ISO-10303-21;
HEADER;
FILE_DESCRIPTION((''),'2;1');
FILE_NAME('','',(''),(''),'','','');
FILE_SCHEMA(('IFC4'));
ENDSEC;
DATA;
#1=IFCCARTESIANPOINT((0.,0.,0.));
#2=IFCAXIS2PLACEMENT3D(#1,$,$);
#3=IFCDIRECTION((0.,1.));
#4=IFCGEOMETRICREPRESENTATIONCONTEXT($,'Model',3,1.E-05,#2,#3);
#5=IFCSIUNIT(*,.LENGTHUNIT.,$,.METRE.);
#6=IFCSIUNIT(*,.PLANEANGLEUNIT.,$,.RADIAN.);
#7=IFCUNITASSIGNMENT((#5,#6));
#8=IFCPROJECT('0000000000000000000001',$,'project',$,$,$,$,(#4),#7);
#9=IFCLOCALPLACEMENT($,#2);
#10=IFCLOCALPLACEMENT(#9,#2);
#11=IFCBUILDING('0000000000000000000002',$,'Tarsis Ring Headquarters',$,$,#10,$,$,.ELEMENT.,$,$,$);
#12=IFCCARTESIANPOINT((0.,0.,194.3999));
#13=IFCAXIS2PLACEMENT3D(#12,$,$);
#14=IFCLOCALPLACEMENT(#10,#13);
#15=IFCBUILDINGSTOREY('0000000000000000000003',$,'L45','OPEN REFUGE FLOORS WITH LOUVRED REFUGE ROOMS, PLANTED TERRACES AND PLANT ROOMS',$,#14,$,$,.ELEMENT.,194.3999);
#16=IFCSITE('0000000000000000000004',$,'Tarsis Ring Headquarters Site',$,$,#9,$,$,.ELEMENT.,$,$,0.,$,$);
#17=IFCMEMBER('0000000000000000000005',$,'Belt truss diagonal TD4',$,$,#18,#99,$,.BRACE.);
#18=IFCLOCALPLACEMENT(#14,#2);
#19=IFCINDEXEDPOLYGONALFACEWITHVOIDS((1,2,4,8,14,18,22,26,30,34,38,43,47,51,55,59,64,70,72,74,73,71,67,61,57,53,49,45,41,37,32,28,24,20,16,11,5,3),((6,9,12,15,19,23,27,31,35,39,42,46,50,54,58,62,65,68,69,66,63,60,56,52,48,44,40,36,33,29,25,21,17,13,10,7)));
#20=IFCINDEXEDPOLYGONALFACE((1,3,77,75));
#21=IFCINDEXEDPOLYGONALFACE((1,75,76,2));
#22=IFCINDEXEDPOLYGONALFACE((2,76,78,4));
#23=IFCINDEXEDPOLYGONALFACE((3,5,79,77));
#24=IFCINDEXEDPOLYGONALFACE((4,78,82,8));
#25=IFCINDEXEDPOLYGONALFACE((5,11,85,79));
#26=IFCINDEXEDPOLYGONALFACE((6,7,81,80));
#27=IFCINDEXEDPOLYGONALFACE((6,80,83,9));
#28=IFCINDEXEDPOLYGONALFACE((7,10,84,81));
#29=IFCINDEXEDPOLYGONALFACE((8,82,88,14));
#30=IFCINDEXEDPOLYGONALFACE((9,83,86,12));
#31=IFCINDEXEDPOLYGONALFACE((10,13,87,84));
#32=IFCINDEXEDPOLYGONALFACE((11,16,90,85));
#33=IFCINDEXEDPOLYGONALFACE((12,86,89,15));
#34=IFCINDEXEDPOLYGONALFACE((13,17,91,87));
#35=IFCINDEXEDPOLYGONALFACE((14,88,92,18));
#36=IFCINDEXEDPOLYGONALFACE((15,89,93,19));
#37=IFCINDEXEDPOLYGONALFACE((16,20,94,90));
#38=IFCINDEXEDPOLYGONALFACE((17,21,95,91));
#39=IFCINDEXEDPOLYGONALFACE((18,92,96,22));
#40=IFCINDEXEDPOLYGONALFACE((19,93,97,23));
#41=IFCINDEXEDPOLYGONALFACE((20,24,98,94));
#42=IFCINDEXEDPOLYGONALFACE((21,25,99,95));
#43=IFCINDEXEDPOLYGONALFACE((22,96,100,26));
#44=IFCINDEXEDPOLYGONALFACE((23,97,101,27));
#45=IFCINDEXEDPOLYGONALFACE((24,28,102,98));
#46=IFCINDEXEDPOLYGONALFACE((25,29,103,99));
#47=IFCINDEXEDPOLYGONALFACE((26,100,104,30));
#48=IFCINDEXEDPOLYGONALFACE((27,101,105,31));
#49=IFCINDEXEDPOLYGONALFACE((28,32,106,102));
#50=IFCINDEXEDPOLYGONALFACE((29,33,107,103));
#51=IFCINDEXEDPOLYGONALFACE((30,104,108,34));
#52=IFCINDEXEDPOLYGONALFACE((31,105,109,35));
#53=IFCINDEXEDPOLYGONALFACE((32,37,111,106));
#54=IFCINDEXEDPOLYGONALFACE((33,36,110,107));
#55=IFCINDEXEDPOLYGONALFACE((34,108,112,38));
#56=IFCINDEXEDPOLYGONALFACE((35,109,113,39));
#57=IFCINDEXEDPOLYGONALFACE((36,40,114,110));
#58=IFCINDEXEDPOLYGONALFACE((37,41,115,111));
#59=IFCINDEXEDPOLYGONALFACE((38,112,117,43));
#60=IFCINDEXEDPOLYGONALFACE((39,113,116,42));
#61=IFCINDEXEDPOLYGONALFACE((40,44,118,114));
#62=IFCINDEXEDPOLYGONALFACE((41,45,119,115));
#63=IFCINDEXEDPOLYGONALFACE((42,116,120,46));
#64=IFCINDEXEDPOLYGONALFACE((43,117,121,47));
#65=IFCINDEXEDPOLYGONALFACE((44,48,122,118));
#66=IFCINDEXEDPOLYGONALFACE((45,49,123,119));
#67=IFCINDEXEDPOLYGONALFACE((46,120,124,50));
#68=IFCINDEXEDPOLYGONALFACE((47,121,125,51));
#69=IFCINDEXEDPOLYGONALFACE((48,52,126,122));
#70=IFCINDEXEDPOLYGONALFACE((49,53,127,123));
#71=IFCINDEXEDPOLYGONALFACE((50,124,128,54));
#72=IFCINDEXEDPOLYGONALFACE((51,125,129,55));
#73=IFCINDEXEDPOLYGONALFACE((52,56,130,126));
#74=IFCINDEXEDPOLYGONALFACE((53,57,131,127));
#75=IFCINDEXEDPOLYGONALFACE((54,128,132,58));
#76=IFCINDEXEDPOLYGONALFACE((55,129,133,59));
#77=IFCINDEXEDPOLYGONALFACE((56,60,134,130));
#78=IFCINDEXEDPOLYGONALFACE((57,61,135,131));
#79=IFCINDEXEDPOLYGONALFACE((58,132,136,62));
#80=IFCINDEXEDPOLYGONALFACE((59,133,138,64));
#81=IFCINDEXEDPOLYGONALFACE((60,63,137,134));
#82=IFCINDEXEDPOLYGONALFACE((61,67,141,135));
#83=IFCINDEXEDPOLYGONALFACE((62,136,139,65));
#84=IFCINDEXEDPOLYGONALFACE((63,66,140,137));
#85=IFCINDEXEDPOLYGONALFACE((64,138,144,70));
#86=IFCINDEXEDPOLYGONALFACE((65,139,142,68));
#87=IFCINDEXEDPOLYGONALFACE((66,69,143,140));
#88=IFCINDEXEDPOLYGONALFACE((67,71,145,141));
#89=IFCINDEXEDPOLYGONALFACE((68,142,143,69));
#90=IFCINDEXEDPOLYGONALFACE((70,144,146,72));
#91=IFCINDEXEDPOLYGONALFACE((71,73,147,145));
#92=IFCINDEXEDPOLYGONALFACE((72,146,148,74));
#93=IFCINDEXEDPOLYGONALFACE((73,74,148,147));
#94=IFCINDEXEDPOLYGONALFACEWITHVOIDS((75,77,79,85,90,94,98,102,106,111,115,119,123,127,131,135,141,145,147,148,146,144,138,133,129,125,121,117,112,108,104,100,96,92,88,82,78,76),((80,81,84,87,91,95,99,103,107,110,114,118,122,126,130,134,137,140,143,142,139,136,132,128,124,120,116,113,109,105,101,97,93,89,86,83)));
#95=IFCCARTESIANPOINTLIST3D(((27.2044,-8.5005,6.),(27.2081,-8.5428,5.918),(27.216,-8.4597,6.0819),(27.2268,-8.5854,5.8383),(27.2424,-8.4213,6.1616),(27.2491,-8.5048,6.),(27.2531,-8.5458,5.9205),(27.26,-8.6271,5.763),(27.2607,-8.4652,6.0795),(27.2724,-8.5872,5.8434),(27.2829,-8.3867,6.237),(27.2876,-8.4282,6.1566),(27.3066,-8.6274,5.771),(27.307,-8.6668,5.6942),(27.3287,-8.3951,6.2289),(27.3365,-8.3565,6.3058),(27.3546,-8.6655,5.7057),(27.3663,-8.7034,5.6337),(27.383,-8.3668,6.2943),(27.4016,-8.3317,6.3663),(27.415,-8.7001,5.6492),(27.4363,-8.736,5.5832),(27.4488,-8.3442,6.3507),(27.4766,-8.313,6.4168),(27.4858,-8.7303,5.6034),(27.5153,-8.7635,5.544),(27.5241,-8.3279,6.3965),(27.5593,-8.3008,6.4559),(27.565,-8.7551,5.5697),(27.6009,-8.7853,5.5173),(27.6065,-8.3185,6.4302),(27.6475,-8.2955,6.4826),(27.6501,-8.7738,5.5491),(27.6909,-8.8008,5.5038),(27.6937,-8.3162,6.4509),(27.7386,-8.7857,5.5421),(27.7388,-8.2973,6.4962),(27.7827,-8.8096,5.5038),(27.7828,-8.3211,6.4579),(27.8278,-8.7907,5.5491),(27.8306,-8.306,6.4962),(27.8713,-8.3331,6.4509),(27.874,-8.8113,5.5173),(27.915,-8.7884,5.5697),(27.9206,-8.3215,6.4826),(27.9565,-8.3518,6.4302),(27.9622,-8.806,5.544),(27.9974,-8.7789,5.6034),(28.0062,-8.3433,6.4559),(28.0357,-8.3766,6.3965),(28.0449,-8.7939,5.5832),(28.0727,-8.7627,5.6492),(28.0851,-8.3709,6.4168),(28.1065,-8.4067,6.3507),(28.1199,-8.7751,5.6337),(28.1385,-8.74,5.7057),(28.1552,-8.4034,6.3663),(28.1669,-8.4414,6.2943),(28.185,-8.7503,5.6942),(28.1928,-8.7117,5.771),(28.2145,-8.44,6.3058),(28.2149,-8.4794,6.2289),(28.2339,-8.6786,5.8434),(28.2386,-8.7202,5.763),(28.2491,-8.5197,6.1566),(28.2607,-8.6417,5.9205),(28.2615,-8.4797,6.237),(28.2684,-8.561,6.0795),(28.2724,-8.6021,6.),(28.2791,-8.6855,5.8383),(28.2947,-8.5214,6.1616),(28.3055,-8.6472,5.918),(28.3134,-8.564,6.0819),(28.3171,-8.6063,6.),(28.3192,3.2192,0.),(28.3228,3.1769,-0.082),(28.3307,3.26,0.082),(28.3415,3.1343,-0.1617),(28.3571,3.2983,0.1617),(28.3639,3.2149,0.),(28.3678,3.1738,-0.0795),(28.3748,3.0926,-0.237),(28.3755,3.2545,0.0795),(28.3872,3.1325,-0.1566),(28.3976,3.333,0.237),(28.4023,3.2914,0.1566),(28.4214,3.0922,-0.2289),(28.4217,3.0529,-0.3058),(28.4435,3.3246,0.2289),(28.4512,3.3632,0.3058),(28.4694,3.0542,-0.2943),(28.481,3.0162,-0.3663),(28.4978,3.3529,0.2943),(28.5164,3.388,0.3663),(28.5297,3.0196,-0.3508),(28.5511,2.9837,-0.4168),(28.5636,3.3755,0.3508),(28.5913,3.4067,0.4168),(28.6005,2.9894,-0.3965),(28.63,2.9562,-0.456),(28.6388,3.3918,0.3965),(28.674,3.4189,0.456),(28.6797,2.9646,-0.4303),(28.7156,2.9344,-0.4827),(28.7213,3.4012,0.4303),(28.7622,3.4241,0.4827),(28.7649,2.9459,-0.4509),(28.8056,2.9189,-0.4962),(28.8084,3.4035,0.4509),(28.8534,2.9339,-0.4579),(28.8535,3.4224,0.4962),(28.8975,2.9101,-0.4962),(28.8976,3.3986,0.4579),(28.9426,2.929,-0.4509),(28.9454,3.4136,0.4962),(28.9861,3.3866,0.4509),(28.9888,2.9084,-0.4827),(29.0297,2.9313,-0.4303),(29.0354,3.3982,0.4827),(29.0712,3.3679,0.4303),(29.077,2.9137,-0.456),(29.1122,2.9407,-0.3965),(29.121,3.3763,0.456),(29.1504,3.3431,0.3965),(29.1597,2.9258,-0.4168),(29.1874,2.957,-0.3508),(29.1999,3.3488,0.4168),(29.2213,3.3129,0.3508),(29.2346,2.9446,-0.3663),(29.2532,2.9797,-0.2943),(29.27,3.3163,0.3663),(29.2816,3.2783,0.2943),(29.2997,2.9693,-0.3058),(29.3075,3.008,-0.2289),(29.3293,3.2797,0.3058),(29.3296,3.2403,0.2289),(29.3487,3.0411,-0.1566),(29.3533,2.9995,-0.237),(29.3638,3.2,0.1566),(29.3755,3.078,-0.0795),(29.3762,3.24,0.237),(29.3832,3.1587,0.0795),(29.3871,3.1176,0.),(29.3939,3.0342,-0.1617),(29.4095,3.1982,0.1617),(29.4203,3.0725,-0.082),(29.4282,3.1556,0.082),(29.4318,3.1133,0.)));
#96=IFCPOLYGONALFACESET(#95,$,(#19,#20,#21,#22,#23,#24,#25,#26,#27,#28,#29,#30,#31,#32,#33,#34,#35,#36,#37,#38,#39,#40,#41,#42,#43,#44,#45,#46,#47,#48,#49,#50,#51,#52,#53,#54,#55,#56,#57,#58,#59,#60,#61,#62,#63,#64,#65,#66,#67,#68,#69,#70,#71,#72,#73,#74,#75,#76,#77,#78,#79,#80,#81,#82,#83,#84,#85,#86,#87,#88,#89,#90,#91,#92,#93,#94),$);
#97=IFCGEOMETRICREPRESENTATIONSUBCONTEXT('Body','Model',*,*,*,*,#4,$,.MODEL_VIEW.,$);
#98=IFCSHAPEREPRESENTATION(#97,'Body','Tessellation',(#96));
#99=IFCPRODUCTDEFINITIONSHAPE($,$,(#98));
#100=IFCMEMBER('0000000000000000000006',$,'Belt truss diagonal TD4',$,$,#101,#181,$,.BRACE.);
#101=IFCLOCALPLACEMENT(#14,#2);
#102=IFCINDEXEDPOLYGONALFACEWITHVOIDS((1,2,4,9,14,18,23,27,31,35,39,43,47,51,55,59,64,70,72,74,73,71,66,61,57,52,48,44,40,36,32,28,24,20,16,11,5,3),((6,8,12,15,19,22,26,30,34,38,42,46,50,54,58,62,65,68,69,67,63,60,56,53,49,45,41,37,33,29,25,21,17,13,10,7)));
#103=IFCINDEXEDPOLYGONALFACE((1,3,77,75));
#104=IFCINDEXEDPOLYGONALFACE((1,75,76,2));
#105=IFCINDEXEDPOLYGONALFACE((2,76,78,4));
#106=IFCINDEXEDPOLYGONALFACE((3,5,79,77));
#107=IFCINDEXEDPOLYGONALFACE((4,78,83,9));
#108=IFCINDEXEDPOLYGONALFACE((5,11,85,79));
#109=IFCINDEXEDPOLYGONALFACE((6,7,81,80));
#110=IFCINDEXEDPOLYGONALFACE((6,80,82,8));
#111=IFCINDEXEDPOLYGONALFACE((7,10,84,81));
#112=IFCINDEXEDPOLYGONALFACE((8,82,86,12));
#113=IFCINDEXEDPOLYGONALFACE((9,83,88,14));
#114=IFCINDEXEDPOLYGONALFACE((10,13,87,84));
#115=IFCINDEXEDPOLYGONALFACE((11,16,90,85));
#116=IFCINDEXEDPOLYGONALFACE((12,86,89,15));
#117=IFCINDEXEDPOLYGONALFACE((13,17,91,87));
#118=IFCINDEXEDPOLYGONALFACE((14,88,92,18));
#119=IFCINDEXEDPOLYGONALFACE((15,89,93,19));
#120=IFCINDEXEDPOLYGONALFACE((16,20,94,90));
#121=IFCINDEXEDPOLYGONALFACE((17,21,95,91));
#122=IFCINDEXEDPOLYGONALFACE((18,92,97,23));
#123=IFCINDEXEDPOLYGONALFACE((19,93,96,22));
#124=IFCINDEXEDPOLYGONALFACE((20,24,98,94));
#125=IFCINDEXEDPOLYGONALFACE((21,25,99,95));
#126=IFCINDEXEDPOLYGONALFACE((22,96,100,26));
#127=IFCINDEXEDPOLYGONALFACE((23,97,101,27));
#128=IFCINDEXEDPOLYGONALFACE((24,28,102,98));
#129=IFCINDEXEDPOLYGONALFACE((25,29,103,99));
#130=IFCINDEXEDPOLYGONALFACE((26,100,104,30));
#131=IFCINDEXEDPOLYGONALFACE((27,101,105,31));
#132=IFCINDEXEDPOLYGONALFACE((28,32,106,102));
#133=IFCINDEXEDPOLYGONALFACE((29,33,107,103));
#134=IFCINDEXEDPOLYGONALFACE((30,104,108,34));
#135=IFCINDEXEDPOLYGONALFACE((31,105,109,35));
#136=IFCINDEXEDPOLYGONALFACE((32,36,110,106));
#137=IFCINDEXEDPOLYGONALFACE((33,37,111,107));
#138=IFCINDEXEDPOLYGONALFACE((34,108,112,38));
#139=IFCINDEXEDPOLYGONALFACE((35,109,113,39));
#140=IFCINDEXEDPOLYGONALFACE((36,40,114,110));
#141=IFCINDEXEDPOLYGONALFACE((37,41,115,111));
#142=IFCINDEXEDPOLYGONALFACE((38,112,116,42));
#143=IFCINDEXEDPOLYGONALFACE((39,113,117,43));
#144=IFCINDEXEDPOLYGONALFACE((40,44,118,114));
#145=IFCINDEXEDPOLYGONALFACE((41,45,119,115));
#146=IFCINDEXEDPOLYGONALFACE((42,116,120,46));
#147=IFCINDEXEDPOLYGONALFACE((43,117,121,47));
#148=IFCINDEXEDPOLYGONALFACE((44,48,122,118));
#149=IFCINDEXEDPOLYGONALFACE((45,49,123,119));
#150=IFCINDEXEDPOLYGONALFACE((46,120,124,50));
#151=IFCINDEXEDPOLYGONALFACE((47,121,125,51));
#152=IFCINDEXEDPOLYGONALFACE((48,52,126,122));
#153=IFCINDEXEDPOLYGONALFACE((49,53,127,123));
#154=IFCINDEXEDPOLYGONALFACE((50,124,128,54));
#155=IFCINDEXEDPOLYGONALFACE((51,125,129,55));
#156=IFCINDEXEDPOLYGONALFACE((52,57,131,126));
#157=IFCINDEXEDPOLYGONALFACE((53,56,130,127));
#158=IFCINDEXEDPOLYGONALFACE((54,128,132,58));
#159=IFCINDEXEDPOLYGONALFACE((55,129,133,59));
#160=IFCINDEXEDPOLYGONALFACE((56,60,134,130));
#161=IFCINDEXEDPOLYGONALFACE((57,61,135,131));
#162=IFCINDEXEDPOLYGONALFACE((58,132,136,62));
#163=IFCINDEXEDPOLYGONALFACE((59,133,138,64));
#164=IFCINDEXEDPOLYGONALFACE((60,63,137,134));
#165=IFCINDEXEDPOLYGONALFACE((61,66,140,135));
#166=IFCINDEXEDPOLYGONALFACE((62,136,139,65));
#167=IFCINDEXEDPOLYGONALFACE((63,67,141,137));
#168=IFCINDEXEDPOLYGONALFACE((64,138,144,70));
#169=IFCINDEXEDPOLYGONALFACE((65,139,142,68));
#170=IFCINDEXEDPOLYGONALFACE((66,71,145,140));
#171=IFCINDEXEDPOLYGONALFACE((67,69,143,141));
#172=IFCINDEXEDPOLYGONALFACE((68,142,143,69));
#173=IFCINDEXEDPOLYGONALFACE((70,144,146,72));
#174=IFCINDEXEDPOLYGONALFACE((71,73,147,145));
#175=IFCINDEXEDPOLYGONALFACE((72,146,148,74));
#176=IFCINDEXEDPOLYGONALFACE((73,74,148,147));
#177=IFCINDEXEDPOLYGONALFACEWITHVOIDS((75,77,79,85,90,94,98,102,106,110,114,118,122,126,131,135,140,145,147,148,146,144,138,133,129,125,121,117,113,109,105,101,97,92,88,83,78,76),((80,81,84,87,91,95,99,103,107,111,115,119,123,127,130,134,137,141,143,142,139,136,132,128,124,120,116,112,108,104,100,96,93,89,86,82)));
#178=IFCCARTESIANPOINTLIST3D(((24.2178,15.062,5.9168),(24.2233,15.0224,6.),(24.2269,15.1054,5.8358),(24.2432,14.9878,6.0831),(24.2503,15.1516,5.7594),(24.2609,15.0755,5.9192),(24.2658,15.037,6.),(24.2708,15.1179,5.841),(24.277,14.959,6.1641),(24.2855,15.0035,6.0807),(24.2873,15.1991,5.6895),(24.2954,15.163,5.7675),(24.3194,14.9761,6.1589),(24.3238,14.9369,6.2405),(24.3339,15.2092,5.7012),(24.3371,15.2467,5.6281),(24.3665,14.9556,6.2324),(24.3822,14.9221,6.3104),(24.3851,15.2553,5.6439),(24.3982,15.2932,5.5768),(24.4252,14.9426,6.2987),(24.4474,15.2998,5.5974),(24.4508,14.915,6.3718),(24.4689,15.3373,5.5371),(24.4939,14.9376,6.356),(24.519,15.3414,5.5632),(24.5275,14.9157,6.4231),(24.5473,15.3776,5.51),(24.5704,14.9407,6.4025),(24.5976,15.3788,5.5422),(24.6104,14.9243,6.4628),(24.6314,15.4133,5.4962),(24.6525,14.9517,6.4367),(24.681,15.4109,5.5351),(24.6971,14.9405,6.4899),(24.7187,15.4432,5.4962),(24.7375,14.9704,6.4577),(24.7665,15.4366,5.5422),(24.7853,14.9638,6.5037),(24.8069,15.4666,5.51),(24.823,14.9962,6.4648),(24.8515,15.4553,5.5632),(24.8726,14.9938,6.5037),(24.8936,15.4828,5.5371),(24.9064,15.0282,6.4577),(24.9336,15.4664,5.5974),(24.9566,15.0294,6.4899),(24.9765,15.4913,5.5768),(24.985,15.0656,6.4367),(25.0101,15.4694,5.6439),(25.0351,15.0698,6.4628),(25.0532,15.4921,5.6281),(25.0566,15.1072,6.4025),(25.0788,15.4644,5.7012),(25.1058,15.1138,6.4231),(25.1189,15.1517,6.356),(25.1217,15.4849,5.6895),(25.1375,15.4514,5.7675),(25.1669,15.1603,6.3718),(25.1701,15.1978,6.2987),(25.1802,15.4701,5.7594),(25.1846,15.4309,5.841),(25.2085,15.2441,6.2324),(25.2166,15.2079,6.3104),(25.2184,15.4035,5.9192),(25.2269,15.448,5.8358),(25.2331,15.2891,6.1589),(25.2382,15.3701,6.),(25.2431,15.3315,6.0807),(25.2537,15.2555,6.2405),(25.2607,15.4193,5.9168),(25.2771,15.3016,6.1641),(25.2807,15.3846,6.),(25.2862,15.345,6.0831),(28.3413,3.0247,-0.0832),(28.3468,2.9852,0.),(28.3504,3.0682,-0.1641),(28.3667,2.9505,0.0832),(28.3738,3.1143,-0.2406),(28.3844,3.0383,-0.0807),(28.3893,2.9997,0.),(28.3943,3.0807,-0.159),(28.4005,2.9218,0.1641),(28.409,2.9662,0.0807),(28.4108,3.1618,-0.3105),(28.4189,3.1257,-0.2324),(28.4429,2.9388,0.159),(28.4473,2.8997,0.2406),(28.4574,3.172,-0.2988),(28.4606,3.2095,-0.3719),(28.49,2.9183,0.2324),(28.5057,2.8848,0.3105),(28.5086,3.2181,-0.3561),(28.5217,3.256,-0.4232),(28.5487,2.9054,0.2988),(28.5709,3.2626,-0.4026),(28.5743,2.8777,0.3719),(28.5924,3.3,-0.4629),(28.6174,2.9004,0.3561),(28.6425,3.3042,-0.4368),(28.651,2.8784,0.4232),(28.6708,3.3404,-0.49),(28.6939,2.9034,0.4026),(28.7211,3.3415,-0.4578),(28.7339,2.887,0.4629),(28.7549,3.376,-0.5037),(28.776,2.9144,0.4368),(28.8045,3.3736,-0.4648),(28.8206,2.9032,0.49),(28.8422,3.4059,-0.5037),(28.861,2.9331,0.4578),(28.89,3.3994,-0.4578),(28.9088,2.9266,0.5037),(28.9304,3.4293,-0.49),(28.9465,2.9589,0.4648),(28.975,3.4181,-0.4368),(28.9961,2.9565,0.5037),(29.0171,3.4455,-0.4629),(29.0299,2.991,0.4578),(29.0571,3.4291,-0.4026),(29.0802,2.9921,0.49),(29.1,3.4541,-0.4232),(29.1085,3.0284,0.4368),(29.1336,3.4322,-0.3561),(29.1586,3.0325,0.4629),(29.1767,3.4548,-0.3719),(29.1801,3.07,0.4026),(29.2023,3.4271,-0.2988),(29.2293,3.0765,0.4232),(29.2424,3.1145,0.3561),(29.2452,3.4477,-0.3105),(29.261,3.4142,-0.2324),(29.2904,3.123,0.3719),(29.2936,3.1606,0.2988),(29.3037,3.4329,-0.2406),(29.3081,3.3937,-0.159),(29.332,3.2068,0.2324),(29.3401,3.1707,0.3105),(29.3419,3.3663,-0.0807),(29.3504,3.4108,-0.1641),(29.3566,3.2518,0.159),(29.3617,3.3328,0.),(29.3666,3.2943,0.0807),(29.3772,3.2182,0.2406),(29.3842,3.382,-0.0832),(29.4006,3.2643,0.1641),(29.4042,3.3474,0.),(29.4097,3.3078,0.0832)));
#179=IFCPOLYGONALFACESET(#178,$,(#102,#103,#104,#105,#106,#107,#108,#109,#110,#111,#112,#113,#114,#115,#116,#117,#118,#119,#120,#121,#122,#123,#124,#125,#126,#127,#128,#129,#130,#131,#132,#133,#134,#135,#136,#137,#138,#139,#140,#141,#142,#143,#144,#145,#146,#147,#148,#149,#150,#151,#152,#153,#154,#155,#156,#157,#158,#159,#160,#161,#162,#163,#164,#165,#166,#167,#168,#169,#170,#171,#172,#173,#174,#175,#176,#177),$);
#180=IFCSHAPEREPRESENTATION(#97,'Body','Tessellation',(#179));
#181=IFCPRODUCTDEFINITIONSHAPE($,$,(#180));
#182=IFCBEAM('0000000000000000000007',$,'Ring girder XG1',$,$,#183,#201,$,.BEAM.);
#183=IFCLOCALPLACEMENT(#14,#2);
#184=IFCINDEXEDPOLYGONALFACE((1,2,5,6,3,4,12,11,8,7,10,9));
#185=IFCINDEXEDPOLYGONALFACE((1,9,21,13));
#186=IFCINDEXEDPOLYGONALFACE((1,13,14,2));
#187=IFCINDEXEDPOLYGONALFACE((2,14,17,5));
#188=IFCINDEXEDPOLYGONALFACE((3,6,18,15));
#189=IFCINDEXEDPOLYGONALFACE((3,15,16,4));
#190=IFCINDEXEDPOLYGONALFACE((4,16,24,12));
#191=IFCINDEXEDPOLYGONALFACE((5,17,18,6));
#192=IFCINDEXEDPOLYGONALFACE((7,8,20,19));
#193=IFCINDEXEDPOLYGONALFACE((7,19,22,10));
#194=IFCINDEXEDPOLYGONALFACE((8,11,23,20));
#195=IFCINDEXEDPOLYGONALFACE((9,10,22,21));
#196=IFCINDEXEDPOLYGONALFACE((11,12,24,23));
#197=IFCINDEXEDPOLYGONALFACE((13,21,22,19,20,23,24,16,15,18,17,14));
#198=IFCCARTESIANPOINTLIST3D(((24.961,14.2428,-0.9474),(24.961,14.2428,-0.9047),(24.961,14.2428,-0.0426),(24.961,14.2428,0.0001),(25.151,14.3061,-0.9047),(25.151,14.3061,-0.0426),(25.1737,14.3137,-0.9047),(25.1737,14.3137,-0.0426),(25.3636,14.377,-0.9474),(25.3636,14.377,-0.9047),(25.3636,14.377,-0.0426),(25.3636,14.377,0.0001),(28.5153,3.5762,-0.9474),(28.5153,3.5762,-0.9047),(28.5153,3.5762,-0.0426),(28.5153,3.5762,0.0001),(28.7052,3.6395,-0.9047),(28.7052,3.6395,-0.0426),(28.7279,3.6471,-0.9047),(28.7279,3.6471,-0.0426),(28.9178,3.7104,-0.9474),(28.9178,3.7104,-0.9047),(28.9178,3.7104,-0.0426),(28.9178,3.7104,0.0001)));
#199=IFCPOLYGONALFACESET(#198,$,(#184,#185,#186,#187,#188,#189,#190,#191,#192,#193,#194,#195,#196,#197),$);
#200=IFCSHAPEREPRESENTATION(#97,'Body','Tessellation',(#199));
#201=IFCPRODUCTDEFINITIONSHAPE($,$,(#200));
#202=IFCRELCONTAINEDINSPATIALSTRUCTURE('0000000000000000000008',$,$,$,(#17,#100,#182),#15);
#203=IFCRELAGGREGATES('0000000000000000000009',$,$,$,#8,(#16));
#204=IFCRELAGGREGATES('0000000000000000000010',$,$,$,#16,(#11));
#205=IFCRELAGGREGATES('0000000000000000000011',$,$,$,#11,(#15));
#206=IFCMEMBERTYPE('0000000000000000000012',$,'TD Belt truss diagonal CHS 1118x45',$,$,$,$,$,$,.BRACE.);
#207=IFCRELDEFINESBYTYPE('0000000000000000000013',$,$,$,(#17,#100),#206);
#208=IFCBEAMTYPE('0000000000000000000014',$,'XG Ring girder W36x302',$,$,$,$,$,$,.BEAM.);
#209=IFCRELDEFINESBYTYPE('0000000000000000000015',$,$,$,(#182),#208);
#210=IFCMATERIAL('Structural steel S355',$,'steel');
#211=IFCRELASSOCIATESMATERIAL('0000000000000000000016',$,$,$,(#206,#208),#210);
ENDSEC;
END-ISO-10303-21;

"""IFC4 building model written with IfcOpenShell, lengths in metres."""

from ifc_helpers import new_model, si_unit, direction, frame, origin, origin_2d, place, context, subcontext, project, spatial, hollow_circle, i_section, extrude, material, material_profile, profile_set, type_object, element, save


model = new_model("IFC4")

# Units and contexts
model_context = context("Model", 3, precision=1e-05, world=origin(), true_north=direction((0.0, 1.0)))
body_context = subcontext(model_context, "Body", "Model", "MODEL_VIEW")
ifc_project = project(units=[si_unit("LENGTHUNIT", "METRE"), si_unit("PLANEANGLEUNIT", "RADIAN")], contexts=[model_context])

# Site, building, storey
site_placement = place(None, origin())
site = spatial("IfcSite", under=ifc_project, at=site_placement, Name="Tarsis Ring Headquarters Site", CompositionType="ELEMENT", RefElevation=0.0)
building_placement = place(site_placement, origin())
building = spatial("IfcBuilding", under=site, at=building_placement, Name="Tarsis Ring Headquarters", CompositionType="ELEMENT")
storey_placement = place(building_placement, frame((0.0, 0.0, 194.3999)))
storey = spatial("IfcBuildingStorey", under=building, at=storey_placement, Name="L45", Description="OPEN REFUGE FLOORS WITH LOUVRED REFUGE ROOMS, PLANTED TERRACES AND PLANT ROOMS", CompositionType="ELEMENT", Elevation=194.3999)

# Shared definitions
ifc_material_1 = material(Name="Structural steel S355", Category="steel")
ifc_material_profile_1 = material_profile(ifc_material_1, hollow_circle(Radius=0.5588, WallThickness=0.0449, at=origin_2d()), Name="CHS 1118x45")
ifc_profile_set_1 = profile_set([ifc_material_profile_1], Name="Structural steel S355")

# Members
member_type_1 = type_object("IfcMemberType", Name="TD Belt truss diagonal CHS 1118x45", PredefinedType="BRACE", material=ifc_profile_set_1)
member_1_placement = place(storey_placement, frame((28.8755, 3.1663, 0.0), z_axis=(-0.084365, -0.886956, 0.454084), x_axis=(0.995507, -0.09469, 0.0)))
element("IfcMember", 1, at=member_1_placement, inside=storey, type_object=member_type_1, Name="Belt truss diagonal TD4", PredefinedType="BRACE", context=body_context, shape_type="SweptSolid", body=[
    extrude(hollow_circle(Radius=0.5588, WallThickness=0.0449, at=origin_2d()), origin(), (0.0, 0.0, 1.0), 13.2134),
])
member_2_placement = place(storey_placement, frame((28.8755, 3.1663, 0.0), z_axis=(-0.29312, 0.85567, 0.426508), x_axis=(-0.946032, -0.324074, 0.0)))
element("IfcMember", 2, at=member_2_placement, inside=storey, type_object=member_type_1, Name="Belt truss diagonal TD4", PredefinedType="BRACE", context=body_context, shape_type="SweptSolid", body=[
    extrude(hollow_circle(Radius=0.5588, WallThickness=0.0449, at=origin_2d()), origin(), (0.0, 0.0, 1.0), 14.0676),
])

# Beam
ifc_material_profile_2 = material_profile(ifc_material_1, i_section(OverallWidth=0.4243, OverallDepth=0.9475, WebThickness=0.0239, FlangeThickness=0.0427, at=origin_2d()), Name="W36x302")
ifc_profile_set_2 = profile_set([ifc_material_profile_2], Name="Structural steel S355")
beam_type_1 = type_object("IfcBeamType", Name="XG Ring girder W36x302", PredefinedType="BEAM", material=ifc_profile_set_2)
beam_1_placement = place(storey_placement, frame((28.7166, 3.6433, -0.4736), z_axis=(-0.316124, 0.948718, 0.0), x_axis=(-0.948718, -0.316124, 0.0)))
element("IfcBeam", 3, at=beam_1_placement, inside=storey, type_object=beam_type_1, Name="Ring girder XG1", PredefinedType="BEAM", context=body_context, shape_type="SweptSolid", body=[
    extrude(i_section(OverallWidth=0.4243, OverallDepth=0.9475, WebThickness=0.0239, FlangeThickness=0.0427, at=origin_2d()), origin(), (0.0, 0.0, 1.0), 11.2432),
])

save(model, "model.ifc")
